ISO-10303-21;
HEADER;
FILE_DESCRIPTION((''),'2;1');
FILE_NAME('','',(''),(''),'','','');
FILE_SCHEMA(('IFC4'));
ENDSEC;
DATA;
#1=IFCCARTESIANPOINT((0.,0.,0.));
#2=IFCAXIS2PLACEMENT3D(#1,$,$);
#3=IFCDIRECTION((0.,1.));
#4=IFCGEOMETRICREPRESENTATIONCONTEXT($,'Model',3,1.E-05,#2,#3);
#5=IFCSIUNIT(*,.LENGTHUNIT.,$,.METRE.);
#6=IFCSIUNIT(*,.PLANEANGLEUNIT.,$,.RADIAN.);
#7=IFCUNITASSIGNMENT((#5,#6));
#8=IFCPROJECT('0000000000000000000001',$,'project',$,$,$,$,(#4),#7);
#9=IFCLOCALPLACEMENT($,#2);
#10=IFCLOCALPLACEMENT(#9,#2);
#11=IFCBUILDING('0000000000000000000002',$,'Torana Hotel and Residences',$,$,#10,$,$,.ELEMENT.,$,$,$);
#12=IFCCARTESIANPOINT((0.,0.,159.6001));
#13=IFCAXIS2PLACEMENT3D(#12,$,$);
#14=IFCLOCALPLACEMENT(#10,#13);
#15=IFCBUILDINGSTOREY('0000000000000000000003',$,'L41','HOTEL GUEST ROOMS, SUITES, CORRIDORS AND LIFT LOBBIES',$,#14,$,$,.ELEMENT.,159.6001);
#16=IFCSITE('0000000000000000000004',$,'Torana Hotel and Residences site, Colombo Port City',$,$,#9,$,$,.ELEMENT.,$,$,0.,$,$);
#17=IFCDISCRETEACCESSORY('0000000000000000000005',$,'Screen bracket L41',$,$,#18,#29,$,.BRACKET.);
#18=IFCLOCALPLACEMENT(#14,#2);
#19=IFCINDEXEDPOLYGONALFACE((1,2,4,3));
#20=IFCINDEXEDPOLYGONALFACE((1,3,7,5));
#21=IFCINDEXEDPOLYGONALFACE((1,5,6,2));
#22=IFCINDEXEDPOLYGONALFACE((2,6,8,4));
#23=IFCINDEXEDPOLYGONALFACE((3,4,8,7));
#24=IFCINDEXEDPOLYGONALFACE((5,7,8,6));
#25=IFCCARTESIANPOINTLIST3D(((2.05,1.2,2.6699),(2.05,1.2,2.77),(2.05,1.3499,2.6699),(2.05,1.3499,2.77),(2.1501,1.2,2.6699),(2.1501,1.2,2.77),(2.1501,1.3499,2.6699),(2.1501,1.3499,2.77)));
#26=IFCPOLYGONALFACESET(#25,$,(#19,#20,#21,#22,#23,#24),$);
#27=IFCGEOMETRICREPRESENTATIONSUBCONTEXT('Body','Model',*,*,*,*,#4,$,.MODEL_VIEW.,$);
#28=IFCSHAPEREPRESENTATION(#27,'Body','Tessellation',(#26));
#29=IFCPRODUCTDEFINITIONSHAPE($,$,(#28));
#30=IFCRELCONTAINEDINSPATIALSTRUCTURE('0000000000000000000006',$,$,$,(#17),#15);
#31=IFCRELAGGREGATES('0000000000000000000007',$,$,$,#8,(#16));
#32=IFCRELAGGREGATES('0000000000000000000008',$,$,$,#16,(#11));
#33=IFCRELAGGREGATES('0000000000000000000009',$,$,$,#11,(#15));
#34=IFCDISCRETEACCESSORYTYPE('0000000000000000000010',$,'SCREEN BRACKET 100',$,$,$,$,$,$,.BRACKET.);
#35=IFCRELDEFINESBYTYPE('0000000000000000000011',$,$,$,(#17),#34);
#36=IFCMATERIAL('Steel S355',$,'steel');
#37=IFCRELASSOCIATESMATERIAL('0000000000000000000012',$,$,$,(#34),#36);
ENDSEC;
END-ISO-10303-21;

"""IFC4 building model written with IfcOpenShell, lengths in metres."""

from ifc_helpers import new_model, si_unit, direction, frame, origin, origin_2d, place, context, subcontext, project, spatial, rectangle, extrude, material, type_object, element, save


model = new_model("IFC4")

# Units and contexts
model_context = context("Model", 3, precision=1e-05, world=origin(), true_north=direction((0.0, 1.0)))
body_context = subcontext(model_context, "Body", "Model", "MODEL_VIEW")
ifc_project = project(units=[si_unit("LENGTHUNIT", "METRE"), si_unit("PLANEANGLEUNIT", "RADIAN")], contexts=[model_context])

# Site, building, storey
site_placement = place(None, origin())
site = spatial("IfcSite", under=ifc_project, at=site_placement, Name="Torana Hotel and Residences site, Colombo Port City", CompositionType="ELEMENT", RefElevation=0.0)
building_placement = place(site_placement, origin())
building = spatial("IfcBuilding", under=site, at=building_placement, Name="Torana Hotel and Residences", CompositionType="ELEMENT")
storey_placement = place(building_placement, frame((0.0, 0.0, 159.6001)))
storey = spatial("IfcBuildingStorey", under=building, at=storey_placement, Name="L41", Description="HOTEL GUEST ROOMS, SUITES, CORRIDORS AND LIFT LOBBIES", CompositionType="ELEMENT", Elevation=159.6001)

# Discrete accessory
ifc_material_1 = material(Name="Steel S355", Category="steel")
discrete_accessory_type = type_object("IfcDiscreteAccessoryType", Name="SCREEN BRACKET 100", PredefinedType="BRACKET", material=ifc_material_1)
for number, where, z_axis, x_axis, name in (
    (1, (2.1001, 1.2749, 2.6699), (0.0, 0.0, 1.0), (-1.0, 0.0, 0.0), "Screen bracket L41"),
):
    element("IfcDiscreteAccessory", number, at=place(storey_placement, frame(where, z_axis=z_axis, x_axis=x_axis)), inside=storey, type_object=discrete_accessory_type, Name=name, PredefinedType="BRACKET", context=body_context, shape_type="SweptSolid", body=[
        extrude(rectangle(XDim=0.1001, YDim=0.1499, at=origin_2d()), origin(), (0.0, 0.0, 1.0), 0.1001),
    ])

save(model, "model.ifc")
